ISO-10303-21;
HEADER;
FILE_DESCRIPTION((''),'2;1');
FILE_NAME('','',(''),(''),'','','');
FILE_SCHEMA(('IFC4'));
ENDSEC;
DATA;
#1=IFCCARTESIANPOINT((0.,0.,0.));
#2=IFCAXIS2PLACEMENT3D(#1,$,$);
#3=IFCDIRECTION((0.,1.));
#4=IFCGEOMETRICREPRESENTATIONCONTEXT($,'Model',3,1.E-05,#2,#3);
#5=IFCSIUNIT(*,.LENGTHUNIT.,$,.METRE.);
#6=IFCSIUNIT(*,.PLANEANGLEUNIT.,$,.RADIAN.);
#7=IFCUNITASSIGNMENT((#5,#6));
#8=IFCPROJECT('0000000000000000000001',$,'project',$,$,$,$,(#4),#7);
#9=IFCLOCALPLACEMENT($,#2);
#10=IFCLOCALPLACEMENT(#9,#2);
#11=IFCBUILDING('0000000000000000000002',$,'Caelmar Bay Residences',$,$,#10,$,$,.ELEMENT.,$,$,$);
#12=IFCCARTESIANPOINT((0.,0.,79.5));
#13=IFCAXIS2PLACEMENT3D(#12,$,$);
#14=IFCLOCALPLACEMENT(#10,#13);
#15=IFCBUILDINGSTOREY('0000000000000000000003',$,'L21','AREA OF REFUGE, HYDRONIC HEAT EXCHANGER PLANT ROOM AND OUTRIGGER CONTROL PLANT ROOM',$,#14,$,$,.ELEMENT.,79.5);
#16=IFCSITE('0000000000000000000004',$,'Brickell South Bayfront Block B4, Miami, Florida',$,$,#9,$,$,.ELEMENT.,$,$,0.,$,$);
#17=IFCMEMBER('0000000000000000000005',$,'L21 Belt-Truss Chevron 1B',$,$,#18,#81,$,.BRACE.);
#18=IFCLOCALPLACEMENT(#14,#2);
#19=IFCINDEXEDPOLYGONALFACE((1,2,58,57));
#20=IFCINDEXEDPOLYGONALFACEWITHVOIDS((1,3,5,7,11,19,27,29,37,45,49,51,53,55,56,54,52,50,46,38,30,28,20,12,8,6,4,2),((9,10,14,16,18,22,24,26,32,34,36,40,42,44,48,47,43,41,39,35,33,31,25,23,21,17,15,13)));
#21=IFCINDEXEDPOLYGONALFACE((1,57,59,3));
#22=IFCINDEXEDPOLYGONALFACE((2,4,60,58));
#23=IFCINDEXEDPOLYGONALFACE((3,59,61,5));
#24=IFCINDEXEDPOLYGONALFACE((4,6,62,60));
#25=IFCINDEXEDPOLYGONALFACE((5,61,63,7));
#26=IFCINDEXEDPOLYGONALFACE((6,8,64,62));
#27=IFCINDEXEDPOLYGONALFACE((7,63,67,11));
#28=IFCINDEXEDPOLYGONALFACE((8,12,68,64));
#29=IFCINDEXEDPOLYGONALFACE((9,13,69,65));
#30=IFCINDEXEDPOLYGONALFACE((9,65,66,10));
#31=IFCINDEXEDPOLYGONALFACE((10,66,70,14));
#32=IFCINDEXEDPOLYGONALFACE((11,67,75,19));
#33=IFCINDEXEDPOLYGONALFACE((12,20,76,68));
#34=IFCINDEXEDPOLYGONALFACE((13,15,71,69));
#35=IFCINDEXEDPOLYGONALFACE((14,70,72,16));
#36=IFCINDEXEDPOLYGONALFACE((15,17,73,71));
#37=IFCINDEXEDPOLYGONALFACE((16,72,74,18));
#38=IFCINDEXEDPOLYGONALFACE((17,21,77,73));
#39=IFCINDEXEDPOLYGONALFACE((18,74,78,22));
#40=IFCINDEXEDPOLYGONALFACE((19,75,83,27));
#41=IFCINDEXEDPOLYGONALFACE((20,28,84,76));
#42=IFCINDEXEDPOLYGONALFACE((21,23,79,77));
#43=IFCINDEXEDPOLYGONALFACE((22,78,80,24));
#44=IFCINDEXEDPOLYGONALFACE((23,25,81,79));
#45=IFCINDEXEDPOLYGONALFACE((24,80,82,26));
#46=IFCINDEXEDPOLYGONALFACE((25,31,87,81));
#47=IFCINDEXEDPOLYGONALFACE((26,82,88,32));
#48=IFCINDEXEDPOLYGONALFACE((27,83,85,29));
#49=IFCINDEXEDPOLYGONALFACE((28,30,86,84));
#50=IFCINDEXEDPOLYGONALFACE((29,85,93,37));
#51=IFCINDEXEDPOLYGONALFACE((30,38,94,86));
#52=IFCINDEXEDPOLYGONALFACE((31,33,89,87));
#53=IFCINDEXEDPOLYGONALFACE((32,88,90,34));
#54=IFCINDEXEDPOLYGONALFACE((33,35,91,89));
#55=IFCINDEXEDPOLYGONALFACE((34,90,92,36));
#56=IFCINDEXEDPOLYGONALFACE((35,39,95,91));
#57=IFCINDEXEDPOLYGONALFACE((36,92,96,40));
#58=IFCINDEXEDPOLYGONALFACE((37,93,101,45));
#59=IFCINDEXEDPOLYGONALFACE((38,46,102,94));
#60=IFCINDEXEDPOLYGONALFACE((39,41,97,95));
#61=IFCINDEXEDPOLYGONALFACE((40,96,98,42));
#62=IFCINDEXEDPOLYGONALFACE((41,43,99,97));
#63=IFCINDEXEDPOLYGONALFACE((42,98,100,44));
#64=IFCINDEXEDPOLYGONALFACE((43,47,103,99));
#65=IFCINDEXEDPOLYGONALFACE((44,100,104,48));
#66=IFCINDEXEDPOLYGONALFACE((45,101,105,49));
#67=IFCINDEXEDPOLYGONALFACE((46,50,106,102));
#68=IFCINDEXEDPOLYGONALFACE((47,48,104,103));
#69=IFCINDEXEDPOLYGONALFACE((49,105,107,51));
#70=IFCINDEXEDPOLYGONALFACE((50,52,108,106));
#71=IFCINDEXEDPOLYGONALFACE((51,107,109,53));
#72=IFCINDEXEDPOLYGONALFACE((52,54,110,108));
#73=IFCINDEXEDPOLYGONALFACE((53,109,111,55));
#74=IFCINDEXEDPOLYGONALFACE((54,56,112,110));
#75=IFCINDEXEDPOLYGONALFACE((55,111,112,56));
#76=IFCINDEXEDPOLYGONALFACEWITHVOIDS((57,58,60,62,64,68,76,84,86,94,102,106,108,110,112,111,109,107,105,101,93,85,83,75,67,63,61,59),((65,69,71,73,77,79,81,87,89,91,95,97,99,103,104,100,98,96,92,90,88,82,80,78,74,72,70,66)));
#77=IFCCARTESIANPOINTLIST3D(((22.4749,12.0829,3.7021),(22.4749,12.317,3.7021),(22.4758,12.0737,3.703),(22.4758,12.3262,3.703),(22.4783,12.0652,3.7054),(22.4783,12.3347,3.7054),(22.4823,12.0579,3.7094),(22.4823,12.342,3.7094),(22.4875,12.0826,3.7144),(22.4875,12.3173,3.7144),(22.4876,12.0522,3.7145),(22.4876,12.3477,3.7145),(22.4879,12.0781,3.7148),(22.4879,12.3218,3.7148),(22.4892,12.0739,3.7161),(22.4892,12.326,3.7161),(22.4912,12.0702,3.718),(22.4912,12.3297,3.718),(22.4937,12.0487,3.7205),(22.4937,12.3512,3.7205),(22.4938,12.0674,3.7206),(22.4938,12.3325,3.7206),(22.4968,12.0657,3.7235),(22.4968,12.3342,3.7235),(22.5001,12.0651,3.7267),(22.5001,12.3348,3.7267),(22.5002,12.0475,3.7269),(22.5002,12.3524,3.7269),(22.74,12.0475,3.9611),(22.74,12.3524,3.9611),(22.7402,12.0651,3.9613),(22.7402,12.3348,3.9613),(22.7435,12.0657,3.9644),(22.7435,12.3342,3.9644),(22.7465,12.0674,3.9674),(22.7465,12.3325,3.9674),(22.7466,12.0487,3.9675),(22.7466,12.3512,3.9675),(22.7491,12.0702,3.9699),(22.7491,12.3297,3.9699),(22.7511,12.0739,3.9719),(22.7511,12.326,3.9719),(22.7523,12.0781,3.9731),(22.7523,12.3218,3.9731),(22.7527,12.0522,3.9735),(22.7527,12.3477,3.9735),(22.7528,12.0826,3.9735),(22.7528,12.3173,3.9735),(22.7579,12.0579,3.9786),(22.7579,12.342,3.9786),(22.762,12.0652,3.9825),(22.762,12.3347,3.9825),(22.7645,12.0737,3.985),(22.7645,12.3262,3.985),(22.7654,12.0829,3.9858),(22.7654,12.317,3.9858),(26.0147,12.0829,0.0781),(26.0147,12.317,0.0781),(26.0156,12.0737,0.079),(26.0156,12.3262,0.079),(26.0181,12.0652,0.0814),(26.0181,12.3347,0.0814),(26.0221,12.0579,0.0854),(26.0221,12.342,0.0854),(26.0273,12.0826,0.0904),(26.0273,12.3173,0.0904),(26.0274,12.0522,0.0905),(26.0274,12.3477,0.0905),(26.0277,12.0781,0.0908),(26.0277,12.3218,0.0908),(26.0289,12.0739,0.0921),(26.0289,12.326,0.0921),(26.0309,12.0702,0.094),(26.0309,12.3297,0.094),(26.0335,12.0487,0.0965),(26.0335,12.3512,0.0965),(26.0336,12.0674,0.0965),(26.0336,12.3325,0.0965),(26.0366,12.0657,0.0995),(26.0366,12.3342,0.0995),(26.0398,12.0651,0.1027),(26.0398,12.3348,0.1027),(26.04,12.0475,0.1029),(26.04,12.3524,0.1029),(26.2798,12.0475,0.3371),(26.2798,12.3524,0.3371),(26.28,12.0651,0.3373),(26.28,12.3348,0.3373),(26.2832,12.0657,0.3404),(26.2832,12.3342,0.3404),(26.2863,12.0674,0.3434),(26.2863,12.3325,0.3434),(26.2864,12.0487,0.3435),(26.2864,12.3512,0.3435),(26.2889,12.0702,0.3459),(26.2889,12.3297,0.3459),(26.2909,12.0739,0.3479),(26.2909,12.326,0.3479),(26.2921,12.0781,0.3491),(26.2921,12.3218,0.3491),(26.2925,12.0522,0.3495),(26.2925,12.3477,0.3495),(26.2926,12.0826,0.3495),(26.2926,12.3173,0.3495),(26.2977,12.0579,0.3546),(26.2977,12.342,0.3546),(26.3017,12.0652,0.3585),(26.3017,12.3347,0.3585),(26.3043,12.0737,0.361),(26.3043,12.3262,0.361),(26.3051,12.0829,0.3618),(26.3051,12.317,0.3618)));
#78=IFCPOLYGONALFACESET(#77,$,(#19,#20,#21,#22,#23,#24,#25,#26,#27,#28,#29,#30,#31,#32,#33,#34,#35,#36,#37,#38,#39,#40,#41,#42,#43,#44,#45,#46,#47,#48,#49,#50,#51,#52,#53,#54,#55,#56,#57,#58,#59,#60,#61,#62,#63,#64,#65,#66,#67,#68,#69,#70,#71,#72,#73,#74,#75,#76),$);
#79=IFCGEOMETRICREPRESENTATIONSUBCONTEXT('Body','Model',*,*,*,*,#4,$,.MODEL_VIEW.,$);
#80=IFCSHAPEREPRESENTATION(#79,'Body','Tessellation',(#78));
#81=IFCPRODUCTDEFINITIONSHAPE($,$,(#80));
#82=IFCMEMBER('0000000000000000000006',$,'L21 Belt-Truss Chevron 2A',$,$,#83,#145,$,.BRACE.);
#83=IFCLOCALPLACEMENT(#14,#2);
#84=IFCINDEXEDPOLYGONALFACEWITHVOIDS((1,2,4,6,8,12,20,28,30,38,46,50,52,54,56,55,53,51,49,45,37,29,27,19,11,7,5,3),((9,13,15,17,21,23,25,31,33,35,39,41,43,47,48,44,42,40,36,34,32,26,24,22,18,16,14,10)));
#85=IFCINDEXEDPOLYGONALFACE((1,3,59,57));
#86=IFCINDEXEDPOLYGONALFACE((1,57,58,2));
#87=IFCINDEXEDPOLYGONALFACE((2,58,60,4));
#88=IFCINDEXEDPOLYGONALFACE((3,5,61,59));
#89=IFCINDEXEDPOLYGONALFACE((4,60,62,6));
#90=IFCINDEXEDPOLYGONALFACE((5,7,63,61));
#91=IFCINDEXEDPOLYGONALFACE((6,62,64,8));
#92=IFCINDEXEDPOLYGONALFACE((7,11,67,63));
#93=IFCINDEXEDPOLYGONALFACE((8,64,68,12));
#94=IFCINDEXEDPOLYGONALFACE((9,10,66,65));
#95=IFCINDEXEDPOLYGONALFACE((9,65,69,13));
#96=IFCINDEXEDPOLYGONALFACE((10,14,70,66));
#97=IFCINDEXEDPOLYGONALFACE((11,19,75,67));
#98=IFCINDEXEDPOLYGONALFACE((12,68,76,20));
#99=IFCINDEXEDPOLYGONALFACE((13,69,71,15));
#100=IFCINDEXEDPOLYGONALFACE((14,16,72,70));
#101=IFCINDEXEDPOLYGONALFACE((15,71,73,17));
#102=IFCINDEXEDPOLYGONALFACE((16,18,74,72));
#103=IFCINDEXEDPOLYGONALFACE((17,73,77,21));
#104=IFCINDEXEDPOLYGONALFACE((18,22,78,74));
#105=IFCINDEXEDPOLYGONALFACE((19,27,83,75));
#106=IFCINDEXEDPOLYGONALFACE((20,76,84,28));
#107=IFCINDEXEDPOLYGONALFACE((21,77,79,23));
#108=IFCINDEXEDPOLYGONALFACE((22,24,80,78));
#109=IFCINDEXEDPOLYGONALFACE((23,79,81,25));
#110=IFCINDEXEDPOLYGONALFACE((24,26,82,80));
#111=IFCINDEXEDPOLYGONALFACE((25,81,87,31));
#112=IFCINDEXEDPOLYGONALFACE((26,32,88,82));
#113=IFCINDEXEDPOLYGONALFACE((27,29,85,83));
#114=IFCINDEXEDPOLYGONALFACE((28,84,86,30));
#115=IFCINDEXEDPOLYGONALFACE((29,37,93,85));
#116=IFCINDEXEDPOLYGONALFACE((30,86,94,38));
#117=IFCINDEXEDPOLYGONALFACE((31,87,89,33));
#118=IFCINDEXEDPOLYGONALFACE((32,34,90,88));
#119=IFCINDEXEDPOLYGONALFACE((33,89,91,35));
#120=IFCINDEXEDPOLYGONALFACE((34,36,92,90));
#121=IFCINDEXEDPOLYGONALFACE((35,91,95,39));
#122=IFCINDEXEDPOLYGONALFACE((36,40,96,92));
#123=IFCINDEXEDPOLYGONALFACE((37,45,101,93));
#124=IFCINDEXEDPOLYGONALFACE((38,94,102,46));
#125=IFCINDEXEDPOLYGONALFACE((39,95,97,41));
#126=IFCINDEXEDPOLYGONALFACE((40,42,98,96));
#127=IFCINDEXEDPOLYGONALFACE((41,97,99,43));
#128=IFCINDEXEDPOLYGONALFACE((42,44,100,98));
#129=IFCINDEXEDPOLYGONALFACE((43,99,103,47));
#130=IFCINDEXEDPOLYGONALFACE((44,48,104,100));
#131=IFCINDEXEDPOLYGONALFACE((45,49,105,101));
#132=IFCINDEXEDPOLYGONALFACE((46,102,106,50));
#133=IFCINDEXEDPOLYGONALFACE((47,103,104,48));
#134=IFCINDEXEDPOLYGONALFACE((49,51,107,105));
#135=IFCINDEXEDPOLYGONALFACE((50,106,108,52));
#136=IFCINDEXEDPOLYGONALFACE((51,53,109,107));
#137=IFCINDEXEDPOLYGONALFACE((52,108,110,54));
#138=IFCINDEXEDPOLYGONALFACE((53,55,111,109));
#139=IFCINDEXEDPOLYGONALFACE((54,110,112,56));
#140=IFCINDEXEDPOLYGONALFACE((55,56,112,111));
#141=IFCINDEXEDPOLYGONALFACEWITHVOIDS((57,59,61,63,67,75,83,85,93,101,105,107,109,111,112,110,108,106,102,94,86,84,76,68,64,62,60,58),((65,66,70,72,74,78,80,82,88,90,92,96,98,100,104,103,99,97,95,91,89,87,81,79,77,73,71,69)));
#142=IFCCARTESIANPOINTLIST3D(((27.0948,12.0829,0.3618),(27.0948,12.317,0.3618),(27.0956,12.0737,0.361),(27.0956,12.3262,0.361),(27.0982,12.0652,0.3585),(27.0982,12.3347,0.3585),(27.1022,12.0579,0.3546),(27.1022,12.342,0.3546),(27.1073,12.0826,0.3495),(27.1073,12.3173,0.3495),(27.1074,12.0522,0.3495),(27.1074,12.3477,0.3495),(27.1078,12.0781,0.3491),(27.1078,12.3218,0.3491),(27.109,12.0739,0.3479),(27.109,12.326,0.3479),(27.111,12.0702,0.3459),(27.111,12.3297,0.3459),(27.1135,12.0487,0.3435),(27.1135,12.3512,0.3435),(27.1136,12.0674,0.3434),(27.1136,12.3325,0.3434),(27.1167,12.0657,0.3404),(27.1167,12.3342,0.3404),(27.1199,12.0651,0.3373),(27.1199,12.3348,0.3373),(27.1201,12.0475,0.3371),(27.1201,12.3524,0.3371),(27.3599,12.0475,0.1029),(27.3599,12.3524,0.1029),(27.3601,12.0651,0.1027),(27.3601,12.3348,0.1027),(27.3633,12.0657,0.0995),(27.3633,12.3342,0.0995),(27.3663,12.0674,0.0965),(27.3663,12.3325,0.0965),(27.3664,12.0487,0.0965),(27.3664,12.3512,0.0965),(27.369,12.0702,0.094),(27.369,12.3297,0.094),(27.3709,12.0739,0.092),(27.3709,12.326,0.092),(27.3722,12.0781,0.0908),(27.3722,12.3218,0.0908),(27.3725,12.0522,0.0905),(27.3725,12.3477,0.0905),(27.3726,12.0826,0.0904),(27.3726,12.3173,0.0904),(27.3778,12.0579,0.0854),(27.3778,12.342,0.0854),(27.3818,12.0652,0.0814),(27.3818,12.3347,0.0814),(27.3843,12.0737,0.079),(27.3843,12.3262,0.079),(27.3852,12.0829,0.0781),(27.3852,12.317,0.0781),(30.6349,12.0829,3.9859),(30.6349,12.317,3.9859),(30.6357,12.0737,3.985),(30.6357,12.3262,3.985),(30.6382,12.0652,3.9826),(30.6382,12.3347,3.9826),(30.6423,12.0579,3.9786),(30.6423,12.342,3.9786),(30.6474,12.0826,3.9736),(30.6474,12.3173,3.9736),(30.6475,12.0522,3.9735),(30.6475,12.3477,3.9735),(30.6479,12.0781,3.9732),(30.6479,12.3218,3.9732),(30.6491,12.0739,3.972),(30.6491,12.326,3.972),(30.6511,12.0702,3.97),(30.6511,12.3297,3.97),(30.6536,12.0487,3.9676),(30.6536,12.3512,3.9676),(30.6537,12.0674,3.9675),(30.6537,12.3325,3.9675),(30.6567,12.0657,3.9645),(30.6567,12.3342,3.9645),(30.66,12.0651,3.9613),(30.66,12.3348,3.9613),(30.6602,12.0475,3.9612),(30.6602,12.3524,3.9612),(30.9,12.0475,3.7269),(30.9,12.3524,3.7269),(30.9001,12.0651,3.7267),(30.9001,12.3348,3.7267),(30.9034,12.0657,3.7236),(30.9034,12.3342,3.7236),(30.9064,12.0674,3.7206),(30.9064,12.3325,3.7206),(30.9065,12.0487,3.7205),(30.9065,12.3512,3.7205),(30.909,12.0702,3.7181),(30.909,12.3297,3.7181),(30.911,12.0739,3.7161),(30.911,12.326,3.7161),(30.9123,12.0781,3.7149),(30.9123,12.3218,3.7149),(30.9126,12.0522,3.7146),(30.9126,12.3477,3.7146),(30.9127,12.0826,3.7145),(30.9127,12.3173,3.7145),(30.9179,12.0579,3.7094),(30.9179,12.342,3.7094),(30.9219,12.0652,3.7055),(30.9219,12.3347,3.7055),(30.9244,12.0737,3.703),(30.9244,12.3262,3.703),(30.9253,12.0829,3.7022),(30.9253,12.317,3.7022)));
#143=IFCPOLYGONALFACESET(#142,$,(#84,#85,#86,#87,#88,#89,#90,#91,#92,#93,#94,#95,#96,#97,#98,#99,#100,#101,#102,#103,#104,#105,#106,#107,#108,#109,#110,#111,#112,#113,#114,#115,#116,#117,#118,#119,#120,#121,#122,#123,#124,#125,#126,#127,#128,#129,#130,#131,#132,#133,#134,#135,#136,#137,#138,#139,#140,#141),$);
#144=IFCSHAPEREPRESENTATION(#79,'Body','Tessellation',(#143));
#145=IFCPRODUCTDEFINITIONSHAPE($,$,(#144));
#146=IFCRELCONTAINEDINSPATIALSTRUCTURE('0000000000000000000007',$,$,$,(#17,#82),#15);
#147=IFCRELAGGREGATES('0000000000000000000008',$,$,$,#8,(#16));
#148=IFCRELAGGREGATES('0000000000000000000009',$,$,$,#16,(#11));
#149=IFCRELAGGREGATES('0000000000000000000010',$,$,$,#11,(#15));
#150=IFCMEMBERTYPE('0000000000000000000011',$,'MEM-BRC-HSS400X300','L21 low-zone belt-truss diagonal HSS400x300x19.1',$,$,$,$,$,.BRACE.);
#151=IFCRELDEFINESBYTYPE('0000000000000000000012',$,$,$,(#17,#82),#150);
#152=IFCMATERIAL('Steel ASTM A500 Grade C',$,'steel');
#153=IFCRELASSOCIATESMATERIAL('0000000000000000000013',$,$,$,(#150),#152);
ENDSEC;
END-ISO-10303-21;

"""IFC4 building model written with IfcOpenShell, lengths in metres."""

from ifc_helpers import new_model, si_unit, direction, frame, origin, origin_2d, place, context, subcontext, project, spatial, hollow_rectangle, extrude, material, material_profile, profile_set, type_object, element, save


model = new_model("IFC4")

# Units and contexts
model_context = context("Model", 3, precision=1e-05, world=origin(), true_north=direction((0.0, 1.0)))
body_context = subcontext(model_context, "Body", "Model", "MODEL_VIEW")
ifc_project = project(units=[si_unit("LENGTHUNIT", "METRE"), si_unit("PLANEANGLEUNIT", "RADIAN")], contexts=[model_context])

# Site, building, storey
site_placement = place(None, origin())
site = spatial("IfcSite", under=ifc_project, at=site_placement, Name="Brickell South Bayfront Block B4, Miami, Florida", CompositionType="ELEMENT", RefElevation=0.0)
building_placement = place(site_placement, origin())
building = spatial("IfcBuilding", under=site, at=building_placement, Name="Caelmar Bay Residences", CompositionType="ELEMENT")
storey_placement = place(building_placement, frame((0.0, 0.0, 79.5)))
storey = spatial("IfcBuildingStorey", under=building, at=storey_placement, Name="L21", Description="AREA OF REFUGE, HYDRONIC HEAT EXCHANGER PLANT ROOM AND OUTRIGGER CONTROL PLANT ROOM", CompositionType="ELEMENT", Elevation=79.5)

# Members
ifc_material_1 = material(Name="Steel ASTM A500 Grade C", Category="steel")
ifc_material_profile_1 = material_profile(ifc_material_1, hollow_rectangle(XDim=0.3049, YDim=0.406, WallThickness=0.0176, InnerFilletRadius=0.0176, OuterFilletRadius=0.0354, at=origin_2d()), Name="HSS400X300X19.1")
ifc_profile_set_1 = profile_set([ifc_material_profile_1], Name="Steel ASTM A500 Grade C")
member_type_1 = type_object("IfcMemberType", Name="MEM-BRC-HSS400X300", Description="L21 low-zone belt-truss diagonal HSS400x300x19.1", PredefinedType="BRACE", material=ifc_profile_set_1)
member_placement = place(storey_placement, frame((26.1599, 12.2, 0.22), z_axis=(-0.698745, 0.0, 0.715371), x_axis=(0.0, -1.0, 0.0)))
element("IfcMember", 1, at=member_placement, inside=storey, type_object=member_type_1, Name="L21 Belt-Truss Chevron 1B", PredefinedType="BRACE", context=body_context, shape_type="SweptSolid", body=[
    extrude(hollow_rectangle(XDim=0.3049, YDim=0.406, WallThickness=0.0176, InnerFilletRadius=0.0176, OuterFilletRadius=0.0354, at=origin_2d()), origin(), (0.0, 0.0, 1.0), 5.0659),
])
for number, where, z_axis, x_axis, name in (
    (2, (27.24, 12.2, 0.22), (0.698769, 0.0, 0.715347), (0.0, 1.0, 0.0), "L21 Belt-Truss Chevron 2A"),
):
    element("IfcMember", number, at=place(storey_placement, frame(where, z_axis=z_axis, x_axis=x_axis)), inside=storey, type_object=member_type_1, Name=name, PredefinedType="BRACE", context=body_context, shape_type="SweptSolid", body=[
        extrude(hollow_rectangle(XDim=0.3049, YDim=0.406, WallThickness=0.0176, InnerFilletRadius=0.0176, OuterFilletRadius=0.0354, at=origin_2d()), origin(), (0.0, 0.0, 1.0), 5.0662),
    ])

save(model, "model.ifc")
